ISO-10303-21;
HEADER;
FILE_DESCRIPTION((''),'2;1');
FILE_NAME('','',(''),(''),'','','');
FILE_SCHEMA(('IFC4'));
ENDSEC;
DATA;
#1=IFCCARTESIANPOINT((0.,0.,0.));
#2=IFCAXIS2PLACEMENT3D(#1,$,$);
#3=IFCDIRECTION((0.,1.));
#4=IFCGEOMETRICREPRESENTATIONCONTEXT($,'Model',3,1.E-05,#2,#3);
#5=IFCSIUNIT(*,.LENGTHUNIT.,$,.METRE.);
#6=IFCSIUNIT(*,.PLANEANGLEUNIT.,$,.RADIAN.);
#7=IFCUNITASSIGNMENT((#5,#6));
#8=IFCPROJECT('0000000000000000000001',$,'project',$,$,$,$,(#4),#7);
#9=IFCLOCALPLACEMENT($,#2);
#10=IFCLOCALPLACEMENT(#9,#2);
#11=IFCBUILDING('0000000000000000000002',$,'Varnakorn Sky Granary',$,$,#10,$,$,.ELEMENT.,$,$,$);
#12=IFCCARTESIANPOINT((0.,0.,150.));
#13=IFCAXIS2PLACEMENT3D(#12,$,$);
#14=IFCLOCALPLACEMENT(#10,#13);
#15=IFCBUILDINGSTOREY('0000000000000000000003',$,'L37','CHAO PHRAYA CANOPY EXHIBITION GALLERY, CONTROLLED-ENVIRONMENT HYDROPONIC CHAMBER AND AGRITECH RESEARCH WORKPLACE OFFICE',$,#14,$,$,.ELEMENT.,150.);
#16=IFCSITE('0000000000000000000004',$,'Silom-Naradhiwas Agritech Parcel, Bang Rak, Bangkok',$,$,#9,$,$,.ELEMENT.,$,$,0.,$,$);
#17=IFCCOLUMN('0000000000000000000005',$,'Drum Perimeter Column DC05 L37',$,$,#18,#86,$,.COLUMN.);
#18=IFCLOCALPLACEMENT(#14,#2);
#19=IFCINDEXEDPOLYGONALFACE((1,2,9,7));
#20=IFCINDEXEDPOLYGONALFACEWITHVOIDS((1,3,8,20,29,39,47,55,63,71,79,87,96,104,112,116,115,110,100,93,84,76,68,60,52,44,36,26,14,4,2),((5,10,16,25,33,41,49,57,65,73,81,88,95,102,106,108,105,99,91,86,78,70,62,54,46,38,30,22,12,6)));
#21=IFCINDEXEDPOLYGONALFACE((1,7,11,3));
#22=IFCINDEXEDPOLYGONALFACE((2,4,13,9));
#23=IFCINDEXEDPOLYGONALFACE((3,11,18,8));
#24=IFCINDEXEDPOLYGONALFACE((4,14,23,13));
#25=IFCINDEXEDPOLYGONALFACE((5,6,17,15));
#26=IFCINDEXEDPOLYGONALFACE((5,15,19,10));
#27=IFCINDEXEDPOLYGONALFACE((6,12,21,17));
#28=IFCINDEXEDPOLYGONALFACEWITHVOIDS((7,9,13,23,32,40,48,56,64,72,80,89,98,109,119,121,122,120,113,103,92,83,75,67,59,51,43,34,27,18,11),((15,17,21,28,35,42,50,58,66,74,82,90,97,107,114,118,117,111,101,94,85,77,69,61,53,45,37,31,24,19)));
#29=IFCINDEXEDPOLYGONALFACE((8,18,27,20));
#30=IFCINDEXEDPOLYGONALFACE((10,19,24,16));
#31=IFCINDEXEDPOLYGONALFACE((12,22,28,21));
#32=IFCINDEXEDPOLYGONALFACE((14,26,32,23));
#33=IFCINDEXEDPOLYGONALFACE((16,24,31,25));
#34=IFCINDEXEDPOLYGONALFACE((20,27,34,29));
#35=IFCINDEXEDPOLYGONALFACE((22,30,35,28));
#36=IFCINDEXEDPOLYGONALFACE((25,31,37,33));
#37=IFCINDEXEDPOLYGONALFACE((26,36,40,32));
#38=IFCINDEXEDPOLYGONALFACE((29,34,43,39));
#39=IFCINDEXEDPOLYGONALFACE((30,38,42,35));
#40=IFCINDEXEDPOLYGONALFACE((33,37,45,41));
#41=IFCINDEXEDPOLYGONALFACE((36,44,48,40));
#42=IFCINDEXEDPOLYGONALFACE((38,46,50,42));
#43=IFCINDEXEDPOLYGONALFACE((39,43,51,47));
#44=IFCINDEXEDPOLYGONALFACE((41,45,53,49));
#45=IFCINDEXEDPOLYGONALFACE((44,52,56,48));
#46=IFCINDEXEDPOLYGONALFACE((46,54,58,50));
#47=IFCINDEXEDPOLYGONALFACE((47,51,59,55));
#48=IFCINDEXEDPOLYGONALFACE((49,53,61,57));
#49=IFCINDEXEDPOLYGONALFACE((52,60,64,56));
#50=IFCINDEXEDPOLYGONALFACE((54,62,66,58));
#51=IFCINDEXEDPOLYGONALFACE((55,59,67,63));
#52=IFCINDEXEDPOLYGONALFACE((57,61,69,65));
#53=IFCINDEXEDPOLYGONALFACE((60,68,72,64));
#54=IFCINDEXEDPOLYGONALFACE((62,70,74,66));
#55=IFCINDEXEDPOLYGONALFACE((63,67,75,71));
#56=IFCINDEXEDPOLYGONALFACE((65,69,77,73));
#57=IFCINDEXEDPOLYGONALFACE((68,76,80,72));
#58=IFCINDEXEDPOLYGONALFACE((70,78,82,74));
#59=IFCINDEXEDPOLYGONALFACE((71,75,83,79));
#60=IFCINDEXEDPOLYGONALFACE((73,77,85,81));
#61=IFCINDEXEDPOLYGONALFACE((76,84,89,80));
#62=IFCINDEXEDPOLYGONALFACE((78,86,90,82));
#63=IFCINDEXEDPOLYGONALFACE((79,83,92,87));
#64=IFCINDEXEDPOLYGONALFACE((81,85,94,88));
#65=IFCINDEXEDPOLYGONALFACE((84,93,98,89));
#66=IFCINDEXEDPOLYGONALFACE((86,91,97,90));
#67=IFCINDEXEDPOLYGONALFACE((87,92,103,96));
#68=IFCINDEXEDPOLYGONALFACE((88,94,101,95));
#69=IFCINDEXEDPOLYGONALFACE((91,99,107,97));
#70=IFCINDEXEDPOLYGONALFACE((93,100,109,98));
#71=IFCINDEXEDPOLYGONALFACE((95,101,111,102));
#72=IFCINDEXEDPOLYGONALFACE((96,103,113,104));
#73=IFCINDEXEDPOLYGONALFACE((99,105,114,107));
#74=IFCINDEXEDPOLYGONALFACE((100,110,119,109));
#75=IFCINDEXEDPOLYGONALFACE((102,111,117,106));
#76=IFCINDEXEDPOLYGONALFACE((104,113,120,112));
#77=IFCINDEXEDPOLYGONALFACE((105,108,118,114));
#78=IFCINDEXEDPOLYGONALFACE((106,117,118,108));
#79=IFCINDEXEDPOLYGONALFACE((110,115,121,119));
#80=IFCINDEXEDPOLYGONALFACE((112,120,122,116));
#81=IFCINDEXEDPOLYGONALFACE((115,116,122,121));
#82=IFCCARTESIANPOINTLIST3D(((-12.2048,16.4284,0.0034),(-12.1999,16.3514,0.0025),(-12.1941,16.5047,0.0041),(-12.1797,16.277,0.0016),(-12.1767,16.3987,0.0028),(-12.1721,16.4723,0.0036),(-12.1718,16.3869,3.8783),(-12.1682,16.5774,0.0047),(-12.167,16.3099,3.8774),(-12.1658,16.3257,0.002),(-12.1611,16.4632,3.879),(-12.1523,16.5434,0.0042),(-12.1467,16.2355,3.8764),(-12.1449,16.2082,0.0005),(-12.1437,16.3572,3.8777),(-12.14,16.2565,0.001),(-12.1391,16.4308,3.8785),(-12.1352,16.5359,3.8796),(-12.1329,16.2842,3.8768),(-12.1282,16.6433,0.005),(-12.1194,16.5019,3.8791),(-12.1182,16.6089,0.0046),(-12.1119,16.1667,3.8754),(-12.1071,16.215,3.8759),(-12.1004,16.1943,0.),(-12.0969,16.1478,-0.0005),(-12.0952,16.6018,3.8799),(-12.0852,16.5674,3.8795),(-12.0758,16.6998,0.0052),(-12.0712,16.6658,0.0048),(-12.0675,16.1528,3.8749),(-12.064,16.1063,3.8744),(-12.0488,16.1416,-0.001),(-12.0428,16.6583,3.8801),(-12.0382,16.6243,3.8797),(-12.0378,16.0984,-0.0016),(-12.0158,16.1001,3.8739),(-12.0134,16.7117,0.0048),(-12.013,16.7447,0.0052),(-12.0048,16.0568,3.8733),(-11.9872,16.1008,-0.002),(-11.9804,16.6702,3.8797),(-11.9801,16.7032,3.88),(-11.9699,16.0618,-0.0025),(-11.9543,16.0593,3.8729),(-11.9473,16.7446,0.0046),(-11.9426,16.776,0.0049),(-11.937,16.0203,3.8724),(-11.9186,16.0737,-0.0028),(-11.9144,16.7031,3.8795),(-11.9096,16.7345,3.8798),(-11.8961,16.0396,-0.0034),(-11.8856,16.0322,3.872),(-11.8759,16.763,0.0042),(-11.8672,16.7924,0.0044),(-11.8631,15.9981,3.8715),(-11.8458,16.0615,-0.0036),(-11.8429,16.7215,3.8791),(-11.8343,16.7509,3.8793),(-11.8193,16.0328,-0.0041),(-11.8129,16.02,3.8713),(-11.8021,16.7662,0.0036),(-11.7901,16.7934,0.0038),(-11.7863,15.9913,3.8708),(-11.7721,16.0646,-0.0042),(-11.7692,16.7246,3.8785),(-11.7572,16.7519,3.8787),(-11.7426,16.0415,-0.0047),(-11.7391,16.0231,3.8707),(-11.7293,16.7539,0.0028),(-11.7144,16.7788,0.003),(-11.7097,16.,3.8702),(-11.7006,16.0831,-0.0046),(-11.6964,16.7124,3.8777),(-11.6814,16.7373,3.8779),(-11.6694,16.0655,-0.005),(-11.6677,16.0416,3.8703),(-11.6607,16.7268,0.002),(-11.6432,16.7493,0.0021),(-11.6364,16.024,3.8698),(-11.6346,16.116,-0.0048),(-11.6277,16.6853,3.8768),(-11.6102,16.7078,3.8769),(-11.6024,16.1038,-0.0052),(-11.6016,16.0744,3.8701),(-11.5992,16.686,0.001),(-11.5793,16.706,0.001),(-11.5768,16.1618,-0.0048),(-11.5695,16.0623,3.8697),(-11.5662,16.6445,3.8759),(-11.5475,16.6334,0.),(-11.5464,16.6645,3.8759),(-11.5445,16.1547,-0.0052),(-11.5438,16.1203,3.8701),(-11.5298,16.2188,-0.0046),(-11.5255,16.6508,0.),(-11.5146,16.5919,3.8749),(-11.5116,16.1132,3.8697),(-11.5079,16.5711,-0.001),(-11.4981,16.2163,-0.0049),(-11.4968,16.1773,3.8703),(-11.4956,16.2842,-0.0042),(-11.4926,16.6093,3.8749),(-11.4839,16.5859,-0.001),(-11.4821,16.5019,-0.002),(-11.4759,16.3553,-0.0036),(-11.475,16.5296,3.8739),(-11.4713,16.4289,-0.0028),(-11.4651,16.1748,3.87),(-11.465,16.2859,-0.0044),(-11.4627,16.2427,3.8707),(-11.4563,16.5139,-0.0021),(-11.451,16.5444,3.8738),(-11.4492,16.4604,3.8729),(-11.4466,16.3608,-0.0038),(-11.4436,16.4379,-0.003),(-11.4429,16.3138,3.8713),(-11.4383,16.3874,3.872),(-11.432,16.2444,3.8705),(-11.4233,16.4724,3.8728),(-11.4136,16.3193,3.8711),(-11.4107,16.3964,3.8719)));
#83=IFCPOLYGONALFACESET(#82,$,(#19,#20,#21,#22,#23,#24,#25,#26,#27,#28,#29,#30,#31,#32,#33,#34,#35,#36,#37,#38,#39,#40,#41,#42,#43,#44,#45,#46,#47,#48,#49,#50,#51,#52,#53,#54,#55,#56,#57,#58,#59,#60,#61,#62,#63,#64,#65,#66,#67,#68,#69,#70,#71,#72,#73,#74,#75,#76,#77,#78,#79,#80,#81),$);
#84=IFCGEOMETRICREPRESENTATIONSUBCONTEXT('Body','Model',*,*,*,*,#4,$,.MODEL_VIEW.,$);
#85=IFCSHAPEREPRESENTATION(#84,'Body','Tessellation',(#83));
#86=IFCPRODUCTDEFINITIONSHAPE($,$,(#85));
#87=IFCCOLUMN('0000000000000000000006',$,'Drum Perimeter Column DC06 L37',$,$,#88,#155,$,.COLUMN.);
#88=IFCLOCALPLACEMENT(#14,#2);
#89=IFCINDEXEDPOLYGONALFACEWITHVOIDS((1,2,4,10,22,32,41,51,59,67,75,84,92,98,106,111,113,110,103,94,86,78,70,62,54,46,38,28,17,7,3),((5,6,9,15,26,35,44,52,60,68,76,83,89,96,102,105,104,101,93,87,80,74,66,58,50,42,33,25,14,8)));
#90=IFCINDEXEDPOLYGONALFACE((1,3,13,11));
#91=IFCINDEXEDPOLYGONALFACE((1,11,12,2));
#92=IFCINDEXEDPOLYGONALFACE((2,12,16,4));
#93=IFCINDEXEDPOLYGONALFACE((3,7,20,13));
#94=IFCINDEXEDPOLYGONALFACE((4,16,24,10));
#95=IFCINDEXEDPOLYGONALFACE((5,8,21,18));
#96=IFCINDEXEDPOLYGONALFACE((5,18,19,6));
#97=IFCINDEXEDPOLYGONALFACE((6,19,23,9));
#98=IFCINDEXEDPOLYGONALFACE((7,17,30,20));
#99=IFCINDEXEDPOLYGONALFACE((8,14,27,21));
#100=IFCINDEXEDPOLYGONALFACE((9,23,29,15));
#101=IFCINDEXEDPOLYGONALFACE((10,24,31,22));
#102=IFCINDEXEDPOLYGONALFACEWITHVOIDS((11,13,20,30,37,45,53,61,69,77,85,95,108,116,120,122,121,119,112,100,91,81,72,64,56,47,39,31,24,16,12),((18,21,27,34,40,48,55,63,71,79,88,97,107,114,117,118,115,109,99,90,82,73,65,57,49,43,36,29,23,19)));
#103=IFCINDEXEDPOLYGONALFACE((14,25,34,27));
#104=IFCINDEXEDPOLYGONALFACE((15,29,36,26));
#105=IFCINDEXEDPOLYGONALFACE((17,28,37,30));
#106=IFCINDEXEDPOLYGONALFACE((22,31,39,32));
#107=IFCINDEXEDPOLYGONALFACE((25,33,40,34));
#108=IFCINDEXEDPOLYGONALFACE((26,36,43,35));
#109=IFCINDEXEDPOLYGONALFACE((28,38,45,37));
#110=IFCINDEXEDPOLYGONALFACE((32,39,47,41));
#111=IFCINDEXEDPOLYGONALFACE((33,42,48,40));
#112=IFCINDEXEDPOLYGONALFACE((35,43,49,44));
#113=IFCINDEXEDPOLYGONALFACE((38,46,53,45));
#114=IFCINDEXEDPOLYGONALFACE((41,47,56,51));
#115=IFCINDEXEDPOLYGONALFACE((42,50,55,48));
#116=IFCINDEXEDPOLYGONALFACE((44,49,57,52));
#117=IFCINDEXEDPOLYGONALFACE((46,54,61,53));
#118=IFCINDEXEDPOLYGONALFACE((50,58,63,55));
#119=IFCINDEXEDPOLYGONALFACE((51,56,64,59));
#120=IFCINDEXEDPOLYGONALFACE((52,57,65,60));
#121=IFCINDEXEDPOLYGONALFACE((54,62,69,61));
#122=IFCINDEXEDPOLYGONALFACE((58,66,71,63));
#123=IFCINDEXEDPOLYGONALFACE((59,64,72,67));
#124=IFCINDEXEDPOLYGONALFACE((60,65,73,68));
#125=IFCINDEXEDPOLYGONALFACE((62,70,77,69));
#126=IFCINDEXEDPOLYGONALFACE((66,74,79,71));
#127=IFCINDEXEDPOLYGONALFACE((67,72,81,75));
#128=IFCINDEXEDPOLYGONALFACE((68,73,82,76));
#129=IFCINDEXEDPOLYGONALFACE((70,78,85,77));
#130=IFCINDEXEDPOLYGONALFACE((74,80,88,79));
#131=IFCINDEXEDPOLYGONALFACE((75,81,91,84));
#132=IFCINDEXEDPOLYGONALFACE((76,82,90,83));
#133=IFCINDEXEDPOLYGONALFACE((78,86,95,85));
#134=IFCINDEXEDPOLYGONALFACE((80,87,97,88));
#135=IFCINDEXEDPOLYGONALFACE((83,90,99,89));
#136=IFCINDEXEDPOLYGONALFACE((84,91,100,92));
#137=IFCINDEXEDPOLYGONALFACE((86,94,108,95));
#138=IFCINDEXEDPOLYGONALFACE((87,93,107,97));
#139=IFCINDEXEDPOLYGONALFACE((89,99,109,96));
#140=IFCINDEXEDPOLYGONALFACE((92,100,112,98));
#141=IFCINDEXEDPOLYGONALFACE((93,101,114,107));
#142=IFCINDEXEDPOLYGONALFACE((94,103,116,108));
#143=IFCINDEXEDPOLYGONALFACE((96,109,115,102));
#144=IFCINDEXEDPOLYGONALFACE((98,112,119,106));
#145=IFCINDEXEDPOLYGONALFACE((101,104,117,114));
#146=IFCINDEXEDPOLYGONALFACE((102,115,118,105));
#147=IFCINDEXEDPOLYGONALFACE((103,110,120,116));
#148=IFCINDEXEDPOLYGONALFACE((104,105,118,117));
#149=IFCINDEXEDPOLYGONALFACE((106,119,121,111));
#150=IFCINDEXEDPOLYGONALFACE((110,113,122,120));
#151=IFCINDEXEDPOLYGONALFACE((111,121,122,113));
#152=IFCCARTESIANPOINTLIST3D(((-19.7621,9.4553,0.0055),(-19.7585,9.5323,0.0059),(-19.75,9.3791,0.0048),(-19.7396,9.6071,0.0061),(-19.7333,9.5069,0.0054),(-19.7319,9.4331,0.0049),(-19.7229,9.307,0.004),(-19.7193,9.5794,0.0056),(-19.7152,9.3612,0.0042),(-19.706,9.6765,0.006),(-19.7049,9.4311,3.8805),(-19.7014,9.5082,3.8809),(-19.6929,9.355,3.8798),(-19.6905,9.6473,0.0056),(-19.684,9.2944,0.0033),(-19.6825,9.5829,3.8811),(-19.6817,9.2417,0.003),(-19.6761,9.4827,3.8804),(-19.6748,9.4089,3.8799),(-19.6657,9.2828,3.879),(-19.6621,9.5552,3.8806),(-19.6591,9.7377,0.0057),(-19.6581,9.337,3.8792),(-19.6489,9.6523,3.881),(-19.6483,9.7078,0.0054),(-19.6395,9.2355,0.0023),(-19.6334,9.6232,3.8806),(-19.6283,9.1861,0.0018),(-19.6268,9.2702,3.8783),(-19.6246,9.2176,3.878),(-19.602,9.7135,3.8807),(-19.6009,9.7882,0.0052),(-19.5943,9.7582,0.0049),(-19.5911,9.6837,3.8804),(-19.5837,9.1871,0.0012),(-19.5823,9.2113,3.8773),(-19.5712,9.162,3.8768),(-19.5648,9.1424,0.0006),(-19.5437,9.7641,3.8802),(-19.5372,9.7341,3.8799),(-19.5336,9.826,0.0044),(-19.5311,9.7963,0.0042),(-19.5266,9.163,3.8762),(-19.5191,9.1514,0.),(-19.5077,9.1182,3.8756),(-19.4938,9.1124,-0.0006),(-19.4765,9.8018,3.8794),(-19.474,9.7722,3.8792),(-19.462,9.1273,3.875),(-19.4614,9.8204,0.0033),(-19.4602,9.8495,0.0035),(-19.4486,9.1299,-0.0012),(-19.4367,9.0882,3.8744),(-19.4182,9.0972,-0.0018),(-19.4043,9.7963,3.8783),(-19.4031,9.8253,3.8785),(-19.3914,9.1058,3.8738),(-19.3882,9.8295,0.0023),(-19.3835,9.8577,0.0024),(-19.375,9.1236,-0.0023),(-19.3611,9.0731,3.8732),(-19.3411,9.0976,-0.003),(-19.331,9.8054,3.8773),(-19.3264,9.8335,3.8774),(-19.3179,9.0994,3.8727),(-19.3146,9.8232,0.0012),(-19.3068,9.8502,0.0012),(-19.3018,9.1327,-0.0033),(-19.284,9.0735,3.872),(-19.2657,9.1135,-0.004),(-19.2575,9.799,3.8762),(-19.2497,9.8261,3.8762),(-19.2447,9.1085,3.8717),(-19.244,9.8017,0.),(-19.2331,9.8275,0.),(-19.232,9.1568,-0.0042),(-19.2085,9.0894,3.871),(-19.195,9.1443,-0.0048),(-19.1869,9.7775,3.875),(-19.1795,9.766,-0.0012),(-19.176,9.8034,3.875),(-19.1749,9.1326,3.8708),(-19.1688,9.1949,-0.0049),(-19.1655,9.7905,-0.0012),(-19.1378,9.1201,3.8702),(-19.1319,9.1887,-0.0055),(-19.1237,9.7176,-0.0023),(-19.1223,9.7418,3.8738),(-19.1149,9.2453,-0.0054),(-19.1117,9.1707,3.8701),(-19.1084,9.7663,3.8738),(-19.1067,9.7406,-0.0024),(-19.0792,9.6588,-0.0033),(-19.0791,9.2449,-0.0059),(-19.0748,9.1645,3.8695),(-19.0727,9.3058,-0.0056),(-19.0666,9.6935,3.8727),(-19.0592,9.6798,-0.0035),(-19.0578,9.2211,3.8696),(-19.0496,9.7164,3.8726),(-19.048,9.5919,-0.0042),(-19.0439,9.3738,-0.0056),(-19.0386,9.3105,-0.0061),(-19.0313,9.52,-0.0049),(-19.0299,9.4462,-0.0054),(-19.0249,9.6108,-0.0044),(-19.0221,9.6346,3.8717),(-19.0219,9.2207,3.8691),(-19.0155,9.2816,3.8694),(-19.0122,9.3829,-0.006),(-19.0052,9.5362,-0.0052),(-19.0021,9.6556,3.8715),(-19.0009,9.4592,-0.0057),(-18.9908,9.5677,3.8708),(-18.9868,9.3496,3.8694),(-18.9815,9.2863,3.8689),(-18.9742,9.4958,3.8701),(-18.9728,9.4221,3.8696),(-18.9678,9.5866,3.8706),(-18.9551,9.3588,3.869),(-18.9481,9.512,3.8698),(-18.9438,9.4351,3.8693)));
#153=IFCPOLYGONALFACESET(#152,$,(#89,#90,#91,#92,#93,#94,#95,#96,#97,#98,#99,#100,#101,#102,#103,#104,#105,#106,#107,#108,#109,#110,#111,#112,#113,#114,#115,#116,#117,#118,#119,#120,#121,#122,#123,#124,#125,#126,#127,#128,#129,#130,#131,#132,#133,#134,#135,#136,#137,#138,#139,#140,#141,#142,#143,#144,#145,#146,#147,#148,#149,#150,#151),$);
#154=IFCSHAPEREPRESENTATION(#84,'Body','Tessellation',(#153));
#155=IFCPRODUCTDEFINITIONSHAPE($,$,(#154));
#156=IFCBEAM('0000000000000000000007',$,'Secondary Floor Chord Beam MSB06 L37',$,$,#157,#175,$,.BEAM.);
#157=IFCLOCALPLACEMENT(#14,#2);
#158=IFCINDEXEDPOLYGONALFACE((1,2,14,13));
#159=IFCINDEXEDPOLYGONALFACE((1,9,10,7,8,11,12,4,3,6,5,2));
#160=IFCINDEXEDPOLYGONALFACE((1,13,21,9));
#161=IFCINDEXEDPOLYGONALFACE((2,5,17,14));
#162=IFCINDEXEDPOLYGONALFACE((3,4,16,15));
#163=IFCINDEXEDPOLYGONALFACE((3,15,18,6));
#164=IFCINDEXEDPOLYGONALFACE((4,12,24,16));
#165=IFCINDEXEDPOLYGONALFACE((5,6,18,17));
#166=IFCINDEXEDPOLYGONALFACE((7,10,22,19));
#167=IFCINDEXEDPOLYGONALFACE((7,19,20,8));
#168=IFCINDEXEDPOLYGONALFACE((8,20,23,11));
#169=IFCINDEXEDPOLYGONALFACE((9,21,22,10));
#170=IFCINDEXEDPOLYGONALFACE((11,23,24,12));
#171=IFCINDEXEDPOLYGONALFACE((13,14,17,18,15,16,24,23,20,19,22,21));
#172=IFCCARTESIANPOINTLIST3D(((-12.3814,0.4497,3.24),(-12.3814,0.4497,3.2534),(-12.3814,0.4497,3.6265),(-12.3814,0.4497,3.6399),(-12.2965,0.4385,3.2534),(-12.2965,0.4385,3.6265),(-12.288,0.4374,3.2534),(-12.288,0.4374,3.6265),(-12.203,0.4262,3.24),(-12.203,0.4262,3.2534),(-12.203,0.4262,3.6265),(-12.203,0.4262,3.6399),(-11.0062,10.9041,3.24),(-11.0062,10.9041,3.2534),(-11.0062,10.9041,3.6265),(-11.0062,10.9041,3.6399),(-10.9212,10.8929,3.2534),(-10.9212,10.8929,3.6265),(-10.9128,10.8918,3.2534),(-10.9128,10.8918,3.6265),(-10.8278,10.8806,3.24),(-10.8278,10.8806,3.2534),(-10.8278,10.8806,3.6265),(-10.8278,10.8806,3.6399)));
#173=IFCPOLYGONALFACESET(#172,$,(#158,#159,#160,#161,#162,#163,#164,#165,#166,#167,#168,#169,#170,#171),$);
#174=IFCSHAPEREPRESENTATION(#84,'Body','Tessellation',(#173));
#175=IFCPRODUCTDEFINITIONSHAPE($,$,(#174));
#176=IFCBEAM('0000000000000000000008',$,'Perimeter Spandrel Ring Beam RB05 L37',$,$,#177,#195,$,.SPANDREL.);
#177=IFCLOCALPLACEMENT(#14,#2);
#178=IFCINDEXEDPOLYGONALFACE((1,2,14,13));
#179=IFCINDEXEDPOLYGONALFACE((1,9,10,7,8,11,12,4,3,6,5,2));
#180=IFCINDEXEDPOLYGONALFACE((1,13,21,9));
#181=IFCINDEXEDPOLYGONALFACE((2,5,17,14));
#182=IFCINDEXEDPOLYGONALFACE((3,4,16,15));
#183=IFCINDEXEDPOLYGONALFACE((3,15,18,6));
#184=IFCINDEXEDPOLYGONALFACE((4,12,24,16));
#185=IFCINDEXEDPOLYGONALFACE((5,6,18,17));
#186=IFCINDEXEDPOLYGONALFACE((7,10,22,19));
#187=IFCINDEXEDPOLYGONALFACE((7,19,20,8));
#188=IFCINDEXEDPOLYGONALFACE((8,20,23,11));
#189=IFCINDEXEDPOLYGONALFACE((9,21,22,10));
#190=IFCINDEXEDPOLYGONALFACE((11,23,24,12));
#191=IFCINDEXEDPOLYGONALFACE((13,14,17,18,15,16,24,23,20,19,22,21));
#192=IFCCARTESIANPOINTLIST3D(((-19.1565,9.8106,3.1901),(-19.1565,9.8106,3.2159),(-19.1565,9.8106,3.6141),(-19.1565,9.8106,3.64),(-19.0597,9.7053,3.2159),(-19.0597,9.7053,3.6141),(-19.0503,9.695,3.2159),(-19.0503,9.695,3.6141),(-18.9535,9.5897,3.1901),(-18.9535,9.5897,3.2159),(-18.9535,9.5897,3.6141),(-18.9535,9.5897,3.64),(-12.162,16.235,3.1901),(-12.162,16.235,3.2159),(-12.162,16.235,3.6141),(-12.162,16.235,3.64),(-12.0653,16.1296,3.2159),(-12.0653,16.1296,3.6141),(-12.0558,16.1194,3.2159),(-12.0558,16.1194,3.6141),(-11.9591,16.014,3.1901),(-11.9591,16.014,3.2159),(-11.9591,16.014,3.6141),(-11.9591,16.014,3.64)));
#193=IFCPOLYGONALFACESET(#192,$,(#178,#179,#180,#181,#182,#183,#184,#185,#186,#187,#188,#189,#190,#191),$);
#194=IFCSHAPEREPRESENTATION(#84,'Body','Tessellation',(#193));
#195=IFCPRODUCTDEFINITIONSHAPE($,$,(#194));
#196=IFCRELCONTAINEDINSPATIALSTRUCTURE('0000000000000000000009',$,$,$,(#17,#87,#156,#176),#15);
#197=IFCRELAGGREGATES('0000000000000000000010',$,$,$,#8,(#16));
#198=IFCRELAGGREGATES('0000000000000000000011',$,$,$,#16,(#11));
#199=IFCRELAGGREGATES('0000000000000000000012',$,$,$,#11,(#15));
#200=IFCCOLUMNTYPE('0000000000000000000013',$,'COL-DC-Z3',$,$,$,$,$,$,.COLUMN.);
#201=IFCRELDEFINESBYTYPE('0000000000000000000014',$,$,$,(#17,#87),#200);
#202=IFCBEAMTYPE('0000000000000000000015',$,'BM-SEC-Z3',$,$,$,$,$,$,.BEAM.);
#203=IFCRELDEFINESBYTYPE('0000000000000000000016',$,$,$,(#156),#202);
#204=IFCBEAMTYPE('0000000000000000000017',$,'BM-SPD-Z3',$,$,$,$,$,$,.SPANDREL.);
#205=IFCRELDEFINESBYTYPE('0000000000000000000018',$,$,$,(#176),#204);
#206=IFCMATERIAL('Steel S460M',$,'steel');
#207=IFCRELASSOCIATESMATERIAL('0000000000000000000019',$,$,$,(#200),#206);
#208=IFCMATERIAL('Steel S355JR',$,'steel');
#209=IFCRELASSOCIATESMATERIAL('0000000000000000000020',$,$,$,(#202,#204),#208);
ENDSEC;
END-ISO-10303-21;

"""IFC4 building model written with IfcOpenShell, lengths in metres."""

from ifc_helpers import new_model, si_unit, direction, frame, origin, origin_2d, place, context, subcontext, project, spatial, hollow_circle, i_section, extrude, material, material_profile, profile_set, type_object, element, save


model = new_model("IFC4")

# Units and contexts
model_context = context("Model", 3, precision=1e-05, world=origin(), true_north=direction((0.0, 1.0)))
body_context = subcontext(model_context, "Body", "Model", "MODEL_VIEW")
ifc_project = project(units=[si_unit("LENGTHUNIT", "METRE"), si_unit("PLANEANGLEUNIT", "RADIAN")], contexts=[model_context])

# Site, building, storey
site_placement = place(None, origin())
site = spatial("IfcSite", under=ifc_project, at=site_placement, Name="Silom-Naradhiwas Agritech Parcel, Bang Rak, Bangkok", CompositionType="ELEMENT", RefElevation=0.0)
building_placement = place(site_placement, origin())
building = spatial("IfcBuilding", under=site, at=building_placement, Name="Varnakorn Sky Granary", CompositionType="ELEMENT")
storey_placement = place(building_placement, frame((0.0, 0.0, 150.0)))
storey = spatial("IfcBuildingStorey", under=building, at=storey_placement, Name="L37", Description="CHAO PHRAYA CANOPY EXHIBITION GALLERY, CONTROLLED-ENVIRONMENT HYDROPONIC CHAMBER AND AGRITECH RESEARCH WORKPLACE OFFICE", CompositionType="ELEMENT", Elevation=150.0)

# Columns
ifc_material_1 = material(Name="Steel S460M", Category="steel")
ifc_material_profile_1 = material_profile(ifc_material_1, hollow_circle(Radius=0.3811, WallThickness=0.0281, at=origin_2d()), Name="CHS 762x28")
ifc_profile_set_1 = profile_set([ifc_material_profile_1], Name="Steel S460M")
column_type = type_object("IfcColumnType", Name="COL-DC-Z3", PredefinedType="COLUMN", material=ifc_profile_set_1)
column_1_placement = place(storey_placement, frame((-11.824, 16.4138, 0.0), z_axis=(0.008505, -0.01071, 0.999906), x_axis=(0.783111, 0.621882, 0.0)))
element("IfcColumn", 1, at=column_1_placement, inside=storey, type_object=column_type, Name="Drum Perimeter Column DC05 L37", PredefinedType="COLUMN", context=body_context, shape_type="SweptSolid", body=[
    extrude(hollow_circle(Radius=0.3811, WallThickness=0.0281, at=origin_2d()), origin(), (0.0, 0.0, 1.0), 3.8752),
])
column_2_placement = place(storey_placement, frame((-19.3816, 9.4766, 0.0), z_axis=(0.014741, -0.006237, 0.999872), x_axis=(0.38964, 0.920967, 0.0)))
element("IfcColumn", 2, at=column_2_placement, inside=storey, type_object=column_type, Name="Drum Perimeter Column DC06 L37", PredefinedType="COLUMN", context=body_context, shape_type="SweptSolid", body=[
    extrude(hollow_circle(Radius=0.3811, WallThickness=0.0281, at=origin_2d()), origin(), (0.0, 0.0, 1.0), 3.8755),
])

# Beams
ifc_material_2 = material(Name="Steel S355JR", Category="steel")
ifc_material_profile_2 = material_profile(ifc_material_2, i_section(OverallWidth=0.1799, OverallDepth=0.3999, WebThickness=0.0085, FlangeThickness=0.0134, at=origin_2d()), Name="IPE 400")
ifc_profile_set_2 = profile_set([ifc_material_profile_2], Name="Steel S355JR")
beam_type_1 = type_object("IfcBeamType", Name="BM-SEC-Z3", PredefinedType="BEAM", material=ifc_profile_set_2)
beam_1_placement = place(storey_placement, frame((-10.917, 10.8923, 3.4399), z_axis=(-0.130424, -0.991458, 0.0), x_axis=(0.991458, -0.130424, 0.0)))
element("IfcBeam", 3, at=beam_1_placement, inside=storey, type_object=beam_type_1, Name="Secondary Floor Chord Beam MSB06 L37", PredefinedType="BEAM", context=body_context, shape_type="SweptSolid", body=[
    extrude(i_section(OverallWidth=0.1799, OverallDepth=0.3999, WebThickness=0.0085, FlangeThickness=0.0134, at=origin_2d()), origin(), (0.0, 0.0, 1.0), 10.5444),
])
ifc_material_profile_3 = material_profile(ifc_material_2, i_section(OverallWidth=0.3, OverallDepth=0.45, WebThickness=0.0139, FlangeThickness=0.0259, at=origin_2d()), Name="HE 450 B")
ifc_profile_set_3 = profile_set([ifc_material_profile_3], Name="Steel S355JR")
beam_type_2 = type_object("IfcBeamType", Name="BM-SPD-Z3", PredefinedType="SPANDREL", material=ifc_profile_set_3)
beam_2_placement = place(storey_placement, frame((-12.0605, 16.1245, 3.415), z_axis=(-0.736483, -0.676457, 0.0), x_axis=(0.676457, -0.736483, 0.0)))
element("IfcBeam", 4, at=beam_2_placement, inside=storey, type_object=beam_type_2, Name="Perimeter Spandrel Ring Beam RB05 L37", PredefinedType="SPANDREL", context=body_context, shape_type="SweptSolid", body=[
    extrude(i_section(OverallWidth=0.3, OverallDepth=0.45, WebThickness=0.0139, FlangeThickness=0.0259, at=origin_2d()), origin(), (0.0, 0.0, 1.0), 9.4971),
])

save(model, "model.ifc")
